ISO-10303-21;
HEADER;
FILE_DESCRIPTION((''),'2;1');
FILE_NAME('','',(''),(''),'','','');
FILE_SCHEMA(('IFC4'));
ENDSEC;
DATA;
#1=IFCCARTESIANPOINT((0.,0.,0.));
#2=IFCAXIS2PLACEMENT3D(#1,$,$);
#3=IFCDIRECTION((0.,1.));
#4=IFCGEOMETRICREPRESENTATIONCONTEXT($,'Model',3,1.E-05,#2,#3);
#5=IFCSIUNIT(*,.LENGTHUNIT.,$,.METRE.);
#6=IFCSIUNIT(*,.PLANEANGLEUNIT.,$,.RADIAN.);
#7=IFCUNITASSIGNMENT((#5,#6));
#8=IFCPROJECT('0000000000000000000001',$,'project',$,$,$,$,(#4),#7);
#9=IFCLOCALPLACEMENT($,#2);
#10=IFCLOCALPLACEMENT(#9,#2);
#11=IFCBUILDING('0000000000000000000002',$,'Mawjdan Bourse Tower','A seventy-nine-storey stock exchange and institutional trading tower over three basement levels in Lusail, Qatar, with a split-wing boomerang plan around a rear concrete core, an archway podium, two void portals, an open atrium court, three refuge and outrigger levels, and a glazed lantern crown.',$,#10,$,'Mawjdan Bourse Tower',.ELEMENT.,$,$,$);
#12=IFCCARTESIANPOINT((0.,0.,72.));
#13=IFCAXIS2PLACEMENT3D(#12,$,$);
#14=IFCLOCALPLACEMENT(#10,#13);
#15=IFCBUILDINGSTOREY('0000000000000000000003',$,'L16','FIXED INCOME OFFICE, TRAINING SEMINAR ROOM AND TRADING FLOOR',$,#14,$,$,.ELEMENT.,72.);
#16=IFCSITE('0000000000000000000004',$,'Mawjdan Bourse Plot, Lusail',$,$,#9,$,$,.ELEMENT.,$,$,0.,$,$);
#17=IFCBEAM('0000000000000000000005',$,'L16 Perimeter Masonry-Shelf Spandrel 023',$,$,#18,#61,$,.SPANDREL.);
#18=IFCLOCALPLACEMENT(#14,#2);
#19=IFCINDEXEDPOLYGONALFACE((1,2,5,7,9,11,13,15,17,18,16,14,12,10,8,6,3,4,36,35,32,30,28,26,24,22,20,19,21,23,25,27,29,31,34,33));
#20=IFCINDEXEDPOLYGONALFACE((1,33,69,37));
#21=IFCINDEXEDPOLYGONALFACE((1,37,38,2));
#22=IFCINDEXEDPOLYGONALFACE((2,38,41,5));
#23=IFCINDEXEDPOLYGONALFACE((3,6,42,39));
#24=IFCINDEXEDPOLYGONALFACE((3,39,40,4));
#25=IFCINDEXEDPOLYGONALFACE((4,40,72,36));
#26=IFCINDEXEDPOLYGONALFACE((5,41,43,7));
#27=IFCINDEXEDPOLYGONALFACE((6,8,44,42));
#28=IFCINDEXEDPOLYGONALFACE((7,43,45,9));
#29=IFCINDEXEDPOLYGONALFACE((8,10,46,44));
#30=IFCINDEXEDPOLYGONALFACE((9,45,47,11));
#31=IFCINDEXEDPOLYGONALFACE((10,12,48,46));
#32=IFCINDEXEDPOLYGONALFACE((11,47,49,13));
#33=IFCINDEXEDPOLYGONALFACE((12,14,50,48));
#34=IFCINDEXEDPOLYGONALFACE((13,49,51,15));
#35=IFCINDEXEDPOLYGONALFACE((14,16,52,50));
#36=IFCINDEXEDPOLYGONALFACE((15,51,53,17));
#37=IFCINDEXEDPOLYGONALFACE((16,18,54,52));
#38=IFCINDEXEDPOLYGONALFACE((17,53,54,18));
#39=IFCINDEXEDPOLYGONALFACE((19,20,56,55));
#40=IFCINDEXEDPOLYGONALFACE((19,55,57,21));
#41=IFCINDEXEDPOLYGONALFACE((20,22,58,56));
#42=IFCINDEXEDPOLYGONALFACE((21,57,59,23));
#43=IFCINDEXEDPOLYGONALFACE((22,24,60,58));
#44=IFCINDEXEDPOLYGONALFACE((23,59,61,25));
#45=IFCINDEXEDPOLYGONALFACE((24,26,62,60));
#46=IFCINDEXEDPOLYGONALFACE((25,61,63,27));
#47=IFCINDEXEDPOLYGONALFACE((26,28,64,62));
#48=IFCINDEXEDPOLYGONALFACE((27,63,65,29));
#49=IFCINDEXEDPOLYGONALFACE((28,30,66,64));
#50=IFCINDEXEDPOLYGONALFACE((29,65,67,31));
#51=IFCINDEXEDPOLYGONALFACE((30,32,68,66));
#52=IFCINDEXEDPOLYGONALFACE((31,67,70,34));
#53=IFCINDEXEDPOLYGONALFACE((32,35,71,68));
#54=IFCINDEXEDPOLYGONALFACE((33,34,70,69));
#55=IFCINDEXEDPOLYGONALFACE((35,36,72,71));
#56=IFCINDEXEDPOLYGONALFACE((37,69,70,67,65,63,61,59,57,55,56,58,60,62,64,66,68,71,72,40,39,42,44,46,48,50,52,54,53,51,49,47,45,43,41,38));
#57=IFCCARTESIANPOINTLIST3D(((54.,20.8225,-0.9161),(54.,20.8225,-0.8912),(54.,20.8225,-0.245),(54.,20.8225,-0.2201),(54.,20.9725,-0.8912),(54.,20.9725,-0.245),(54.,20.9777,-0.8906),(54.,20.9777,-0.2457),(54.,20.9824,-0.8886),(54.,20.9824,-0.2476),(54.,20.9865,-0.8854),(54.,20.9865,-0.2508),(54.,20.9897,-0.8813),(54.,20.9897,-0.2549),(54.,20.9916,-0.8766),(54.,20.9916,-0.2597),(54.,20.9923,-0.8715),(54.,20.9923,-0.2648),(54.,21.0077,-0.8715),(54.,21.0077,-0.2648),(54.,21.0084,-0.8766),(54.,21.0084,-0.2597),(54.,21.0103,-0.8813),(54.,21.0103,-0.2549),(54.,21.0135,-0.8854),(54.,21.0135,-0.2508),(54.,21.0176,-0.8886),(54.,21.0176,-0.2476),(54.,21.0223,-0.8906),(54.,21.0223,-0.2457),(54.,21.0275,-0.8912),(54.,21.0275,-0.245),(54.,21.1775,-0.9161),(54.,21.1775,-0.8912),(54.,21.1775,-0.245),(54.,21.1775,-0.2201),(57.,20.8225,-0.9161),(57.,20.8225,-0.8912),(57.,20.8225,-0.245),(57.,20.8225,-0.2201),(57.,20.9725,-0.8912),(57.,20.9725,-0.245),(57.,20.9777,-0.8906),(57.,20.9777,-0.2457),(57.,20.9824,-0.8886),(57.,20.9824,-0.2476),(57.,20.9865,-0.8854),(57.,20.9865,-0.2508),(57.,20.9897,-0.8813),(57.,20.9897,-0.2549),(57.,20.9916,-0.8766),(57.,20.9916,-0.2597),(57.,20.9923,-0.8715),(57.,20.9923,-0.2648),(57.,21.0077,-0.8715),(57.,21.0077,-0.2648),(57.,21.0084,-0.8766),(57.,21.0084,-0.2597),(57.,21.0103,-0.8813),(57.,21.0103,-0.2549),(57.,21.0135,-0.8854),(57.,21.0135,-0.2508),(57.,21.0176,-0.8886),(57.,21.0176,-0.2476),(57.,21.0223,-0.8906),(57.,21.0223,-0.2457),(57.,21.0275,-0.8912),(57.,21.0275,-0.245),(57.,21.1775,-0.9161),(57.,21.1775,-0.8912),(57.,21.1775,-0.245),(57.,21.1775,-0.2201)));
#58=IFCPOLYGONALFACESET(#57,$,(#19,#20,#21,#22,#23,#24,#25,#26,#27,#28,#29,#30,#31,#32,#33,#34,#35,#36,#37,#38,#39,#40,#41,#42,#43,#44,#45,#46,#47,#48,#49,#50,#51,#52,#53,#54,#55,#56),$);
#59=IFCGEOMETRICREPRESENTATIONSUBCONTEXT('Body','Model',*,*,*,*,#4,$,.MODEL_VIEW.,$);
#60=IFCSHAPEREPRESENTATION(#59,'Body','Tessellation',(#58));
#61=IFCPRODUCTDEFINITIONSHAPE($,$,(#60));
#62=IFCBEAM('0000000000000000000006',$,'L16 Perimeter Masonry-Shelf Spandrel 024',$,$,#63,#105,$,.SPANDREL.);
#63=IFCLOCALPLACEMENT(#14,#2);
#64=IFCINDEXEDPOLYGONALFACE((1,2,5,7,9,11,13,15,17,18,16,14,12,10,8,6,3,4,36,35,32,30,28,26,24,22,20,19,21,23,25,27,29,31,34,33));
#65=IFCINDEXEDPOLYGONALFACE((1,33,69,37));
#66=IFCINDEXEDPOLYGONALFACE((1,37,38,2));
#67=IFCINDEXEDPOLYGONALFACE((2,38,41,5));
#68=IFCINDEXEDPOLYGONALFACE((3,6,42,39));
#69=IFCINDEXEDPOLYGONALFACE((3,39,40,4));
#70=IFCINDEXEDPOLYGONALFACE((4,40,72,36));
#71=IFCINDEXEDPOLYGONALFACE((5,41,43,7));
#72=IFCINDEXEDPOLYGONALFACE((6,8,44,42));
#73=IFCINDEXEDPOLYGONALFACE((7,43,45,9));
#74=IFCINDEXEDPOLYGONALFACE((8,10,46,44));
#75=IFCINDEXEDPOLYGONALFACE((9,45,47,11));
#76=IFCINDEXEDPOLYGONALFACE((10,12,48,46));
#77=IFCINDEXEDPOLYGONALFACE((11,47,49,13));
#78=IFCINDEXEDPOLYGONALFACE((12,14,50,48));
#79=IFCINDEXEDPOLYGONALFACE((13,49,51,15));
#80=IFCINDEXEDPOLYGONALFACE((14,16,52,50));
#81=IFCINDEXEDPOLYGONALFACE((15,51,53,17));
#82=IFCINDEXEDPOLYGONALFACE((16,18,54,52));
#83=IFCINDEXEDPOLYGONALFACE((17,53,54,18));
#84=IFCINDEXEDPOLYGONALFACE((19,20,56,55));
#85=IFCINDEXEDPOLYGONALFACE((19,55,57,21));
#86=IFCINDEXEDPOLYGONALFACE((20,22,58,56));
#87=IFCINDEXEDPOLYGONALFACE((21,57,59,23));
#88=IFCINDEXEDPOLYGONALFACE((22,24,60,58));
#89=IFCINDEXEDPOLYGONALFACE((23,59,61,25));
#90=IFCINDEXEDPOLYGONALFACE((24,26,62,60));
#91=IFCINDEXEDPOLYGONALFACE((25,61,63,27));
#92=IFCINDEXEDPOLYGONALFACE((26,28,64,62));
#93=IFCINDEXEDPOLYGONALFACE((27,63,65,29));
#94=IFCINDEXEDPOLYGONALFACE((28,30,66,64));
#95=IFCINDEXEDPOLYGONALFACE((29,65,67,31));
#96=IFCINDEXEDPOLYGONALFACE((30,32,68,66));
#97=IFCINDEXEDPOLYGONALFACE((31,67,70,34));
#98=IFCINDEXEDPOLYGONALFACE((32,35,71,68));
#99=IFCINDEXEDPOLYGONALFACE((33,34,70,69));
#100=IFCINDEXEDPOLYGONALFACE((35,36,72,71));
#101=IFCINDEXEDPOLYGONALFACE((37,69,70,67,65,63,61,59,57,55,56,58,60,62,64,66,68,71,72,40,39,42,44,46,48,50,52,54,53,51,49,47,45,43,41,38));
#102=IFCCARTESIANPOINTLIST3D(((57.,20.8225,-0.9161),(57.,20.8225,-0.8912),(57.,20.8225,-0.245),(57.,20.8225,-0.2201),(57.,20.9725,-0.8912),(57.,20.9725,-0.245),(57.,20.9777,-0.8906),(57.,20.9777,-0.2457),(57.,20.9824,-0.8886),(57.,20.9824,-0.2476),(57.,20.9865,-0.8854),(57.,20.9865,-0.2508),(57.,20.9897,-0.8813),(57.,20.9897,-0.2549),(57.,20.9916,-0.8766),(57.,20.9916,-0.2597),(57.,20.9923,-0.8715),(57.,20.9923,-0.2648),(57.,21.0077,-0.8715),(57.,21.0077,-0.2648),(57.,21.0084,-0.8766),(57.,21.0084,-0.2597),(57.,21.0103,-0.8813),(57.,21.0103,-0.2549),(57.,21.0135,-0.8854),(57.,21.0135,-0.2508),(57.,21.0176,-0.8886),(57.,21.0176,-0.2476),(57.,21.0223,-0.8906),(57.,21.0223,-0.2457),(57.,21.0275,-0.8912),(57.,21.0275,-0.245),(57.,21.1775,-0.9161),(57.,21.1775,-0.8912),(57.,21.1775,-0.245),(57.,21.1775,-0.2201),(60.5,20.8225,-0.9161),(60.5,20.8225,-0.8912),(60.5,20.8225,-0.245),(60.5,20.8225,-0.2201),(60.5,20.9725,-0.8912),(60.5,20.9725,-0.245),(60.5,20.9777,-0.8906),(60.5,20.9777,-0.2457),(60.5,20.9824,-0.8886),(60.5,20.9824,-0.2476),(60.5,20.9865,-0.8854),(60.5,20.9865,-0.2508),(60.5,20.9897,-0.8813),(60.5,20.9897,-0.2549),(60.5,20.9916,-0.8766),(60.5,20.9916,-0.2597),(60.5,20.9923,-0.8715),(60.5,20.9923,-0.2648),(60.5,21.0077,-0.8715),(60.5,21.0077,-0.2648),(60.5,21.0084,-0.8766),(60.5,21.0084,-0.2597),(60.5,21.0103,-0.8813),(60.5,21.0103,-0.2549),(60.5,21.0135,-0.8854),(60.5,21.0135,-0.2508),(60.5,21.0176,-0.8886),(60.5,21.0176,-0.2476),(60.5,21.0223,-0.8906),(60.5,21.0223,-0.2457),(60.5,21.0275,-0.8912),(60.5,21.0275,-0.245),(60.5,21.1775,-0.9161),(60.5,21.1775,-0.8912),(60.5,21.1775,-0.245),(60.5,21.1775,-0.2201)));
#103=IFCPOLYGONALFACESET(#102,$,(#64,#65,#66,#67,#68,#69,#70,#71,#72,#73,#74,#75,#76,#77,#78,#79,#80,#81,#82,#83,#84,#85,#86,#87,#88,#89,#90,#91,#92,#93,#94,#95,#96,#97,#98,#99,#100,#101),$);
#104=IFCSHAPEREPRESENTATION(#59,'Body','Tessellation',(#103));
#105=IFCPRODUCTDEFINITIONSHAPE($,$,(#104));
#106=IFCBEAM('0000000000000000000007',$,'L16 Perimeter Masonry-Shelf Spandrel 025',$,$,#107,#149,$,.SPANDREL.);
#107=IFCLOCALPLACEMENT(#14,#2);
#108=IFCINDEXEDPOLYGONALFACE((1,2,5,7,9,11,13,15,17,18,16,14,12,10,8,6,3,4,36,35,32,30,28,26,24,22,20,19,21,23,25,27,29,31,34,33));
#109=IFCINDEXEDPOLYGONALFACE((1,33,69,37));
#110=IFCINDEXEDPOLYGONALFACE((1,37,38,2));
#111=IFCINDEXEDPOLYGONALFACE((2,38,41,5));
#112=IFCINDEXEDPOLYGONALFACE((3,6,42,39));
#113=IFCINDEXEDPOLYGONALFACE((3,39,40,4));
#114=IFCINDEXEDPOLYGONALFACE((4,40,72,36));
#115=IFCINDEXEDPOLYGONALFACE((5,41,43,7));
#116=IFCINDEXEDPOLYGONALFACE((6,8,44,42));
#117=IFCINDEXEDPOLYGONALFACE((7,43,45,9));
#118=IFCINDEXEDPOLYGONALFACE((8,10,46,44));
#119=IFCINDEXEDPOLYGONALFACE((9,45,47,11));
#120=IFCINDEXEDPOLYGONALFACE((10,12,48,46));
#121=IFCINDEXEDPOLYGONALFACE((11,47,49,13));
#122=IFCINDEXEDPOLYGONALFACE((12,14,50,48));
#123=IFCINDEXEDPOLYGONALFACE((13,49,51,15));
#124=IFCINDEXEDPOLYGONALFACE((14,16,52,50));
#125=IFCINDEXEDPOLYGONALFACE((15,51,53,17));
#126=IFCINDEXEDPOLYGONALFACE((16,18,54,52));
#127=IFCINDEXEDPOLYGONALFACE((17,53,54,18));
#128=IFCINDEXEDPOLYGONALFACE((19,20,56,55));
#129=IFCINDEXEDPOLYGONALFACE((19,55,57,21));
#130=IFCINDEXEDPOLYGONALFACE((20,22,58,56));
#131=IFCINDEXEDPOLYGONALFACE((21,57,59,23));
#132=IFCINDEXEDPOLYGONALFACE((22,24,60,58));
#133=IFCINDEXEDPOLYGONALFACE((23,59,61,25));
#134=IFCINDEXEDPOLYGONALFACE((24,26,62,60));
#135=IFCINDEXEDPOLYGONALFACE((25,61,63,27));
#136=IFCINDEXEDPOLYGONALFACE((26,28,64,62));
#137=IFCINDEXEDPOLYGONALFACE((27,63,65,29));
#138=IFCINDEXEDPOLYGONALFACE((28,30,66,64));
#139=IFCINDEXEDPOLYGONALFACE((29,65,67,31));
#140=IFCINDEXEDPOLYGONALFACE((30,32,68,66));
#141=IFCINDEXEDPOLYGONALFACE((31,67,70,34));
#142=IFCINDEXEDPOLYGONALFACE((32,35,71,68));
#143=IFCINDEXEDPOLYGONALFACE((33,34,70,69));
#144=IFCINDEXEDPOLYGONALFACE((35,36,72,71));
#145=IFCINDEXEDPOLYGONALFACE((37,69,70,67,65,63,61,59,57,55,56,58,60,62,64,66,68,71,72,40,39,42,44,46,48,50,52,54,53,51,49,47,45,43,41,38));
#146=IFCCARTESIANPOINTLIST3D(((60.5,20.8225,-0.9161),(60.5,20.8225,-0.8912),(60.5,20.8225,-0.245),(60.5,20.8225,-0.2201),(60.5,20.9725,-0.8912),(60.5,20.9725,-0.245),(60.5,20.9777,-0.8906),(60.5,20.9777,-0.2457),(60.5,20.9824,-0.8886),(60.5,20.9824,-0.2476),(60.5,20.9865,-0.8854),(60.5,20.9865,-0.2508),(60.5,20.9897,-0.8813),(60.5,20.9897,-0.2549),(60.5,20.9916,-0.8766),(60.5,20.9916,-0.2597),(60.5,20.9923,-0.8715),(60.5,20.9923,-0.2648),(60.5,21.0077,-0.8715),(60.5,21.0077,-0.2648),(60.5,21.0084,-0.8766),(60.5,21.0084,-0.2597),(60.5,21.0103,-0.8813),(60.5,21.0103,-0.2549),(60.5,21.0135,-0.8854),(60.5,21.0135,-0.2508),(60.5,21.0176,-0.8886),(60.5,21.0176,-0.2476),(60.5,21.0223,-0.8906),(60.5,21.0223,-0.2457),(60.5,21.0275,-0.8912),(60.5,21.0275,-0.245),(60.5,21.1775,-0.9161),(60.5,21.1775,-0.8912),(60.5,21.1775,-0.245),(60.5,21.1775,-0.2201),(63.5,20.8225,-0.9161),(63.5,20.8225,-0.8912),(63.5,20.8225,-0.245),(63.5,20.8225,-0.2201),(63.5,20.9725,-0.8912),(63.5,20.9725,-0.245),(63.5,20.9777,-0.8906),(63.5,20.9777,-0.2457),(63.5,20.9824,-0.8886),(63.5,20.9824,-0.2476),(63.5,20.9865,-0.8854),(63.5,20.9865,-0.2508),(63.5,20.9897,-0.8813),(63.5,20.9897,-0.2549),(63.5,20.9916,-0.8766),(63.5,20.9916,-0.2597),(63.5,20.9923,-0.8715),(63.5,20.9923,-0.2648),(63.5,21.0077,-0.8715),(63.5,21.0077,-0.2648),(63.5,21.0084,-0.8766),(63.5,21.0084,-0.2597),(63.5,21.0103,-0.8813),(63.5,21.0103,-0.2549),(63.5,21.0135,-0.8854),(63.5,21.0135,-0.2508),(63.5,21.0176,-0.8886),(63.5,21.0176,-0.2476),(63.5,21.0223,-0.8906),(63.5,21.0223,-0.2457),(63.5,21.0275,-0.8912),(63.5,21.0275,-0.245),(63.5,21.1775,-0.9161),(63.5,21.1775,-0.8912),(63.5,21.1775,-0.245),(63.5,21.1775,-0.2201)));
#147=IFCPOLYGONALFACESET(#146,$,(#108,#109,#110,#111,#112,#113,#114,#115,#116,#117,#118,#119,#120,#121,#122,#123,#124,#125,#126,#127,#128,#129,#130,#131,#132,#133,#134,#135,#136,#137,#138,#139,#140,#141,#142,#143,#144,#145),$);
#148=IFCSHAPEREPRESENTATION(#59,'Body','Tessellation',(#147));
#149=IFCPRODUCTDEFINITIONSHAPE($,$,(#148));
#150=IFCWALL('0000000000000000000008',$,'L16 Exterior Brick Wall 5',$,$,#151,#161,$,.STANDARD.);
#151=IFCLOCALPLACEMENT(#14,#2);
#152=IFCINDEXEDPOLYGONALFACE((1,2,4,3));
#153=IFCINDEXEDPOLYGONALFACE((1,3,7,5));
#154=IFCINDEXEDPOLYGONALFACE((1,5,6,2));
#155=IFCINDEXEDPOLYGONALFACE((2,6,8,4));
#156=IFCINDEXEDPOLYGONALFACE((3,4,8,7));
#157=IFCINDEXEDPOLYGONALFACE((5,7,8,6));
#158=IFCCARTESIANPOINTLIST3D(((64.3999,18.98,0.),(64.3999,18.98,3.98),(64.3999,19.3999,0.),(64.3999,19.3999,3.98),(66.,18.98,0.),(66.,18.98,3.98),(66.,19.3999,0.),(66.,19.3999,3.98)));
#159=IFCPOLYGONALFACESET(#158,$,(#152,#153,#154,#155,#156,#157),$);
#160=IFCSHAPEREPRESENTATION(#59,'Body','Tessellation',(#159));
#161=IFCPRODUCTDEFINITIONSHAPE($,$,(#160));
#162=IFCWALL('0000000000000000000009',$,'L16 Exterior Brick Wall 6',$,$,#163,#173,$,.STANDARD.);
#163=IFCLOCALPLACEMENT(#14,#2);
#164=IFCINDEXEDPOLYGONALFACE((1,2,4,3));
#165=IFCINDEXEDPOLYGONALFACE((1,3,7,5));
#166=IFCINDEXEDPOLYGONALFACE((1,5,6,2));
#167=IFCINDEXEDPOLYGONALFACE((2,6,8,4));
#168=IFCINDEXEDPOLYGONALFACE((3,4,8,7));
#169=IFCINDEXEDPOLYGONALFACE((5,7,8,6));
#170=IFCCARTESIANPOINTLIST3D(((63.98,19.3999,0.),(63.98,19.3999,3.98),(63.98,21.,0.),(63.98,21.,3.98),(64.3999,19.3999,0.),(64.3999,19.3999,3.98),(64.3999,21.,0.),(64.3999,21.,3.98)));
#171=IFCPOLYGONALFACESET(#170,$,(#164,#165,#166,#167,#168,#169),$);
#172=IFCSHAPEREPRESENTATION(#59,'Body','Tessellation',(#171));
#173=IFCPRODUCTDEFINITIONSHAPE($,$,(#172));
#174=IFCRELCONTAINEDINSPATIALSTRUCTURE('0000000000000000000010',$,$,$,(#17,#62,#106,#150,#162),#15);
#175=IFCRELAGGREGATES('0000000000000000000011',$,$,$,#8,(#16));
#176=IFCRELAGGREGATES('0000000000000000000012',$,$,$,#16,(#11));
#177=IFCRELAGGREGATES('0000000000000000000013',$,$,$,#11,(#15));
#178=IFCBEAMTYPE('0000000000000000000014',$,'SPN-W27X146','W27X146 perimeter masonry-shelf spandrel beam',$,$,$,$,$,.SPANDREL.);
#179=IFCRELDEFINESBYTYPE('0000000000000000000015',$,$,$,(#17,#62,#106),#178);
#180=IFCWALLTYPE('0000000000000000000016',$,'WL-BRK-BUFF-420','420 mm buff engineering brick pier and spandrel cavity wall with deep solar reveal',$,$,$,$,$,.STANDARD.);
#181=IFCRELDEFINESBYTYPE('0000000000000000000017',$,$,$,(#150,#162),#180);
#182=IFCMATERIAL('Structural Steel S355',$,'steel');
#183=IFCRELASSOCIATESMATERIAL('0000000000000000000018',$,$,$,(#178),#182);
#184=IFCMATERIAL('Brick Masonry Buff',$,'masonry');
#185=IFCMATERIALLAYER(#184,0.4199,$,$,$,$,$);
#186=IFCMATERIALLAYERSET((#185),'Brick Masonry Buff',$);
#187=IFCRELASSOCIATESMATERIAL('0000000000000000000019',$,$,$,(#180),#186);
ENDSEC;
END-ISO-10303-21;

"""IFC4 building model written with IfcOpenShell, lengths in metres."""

from ifc_helpers import new_model, si_unit, direction, frame, frame_2d, origin, origin_2d, place, context, subcontext, project, spatial, rectangle, i_section, extrude, material, layer, layer_set, material_profile, profile_set, type_object, element, save


model = new_model("IFC4")

# Units and contexts
model_context = context("Model", 3, precision=1e-05, world=origin(), true_north=direction((0.0, 1.0)))
body_context = subcontext(model_context, "Body", "Model", "MODEL_VIEW")
ifc_project = project(units=[si_unit("LENGTHUNIT", "METRE"), si_unit("PLANEANGLEUNIT", "RADIAN")], contexts=[model_context])

# Site, building, storey
site_placement = place(None, origin())
site = spatial("IfcSite", under=ifc_project, at=site_placement, Name="Mawjdan Bourse Plot, Lusail", CompositionType="ELEMENT", RefElevation=0.0)
building_placement = place(site_placement, origin())
building = spatial("IfcBuilding", under=site, at=building_placement, Name="Mawjdan Bourse Tower", Description="A seventy-nine-storey stock exchange and institutional trading tower over three basement levels in Lusail, Qatar, with a split-wing boomerang plan around a rear concrete core, an archway podium, two void portals, an open atrium court, three refuge and outrigger levels, and a glazed lantern crown.", LongName="Mawjdan Bourse Tower", CompositionType="ELEMENT")
storey_placement = place(building_placement, frame((0.0, 0.0, 72.0)))
storey = spatial("IfcBuildingStorey", under=building, at=storey_placement, Name="L16", Description="FIXED INCOME OFFICE, TRAINING SEMINAR ROOM AND TRADING FLOOR", CompositionType="ELEMENT", Elevation=72.0)

# Beams
ifc_material_1 = material(Name="Structural Steel S355", Category="steel")
ifc_material_profile_1 = material_profile(ifc_material_1, i_section(OverallWidth=0.355, OverallDepth=0.696, WebThickness=0.0154, FlangeThickness=0.0249, FilletRadius=0.0198, at=origin_2d()), Name="W27X146")
ifc_profile_set_1 = profile_set([ifc_material_profile_1], Name="Structural Steel S355")
beam_type_1 = type_object("IfcBeamType", Name="SPN-W27X146", Description="W27X146 perimeter masonry-shelf spandrel beam", PredefinedType="SPANDREL", material=ifc_profile_set_1)
beam_1_placement = place(storey_placement, frame((54.0, 21.0, -0.5681), z_axis=(1.0, 0.0, 0.0), x_axis=(0.0, 1.0, 0.0)))
element("IfcBeam", 1, at=beam_1_placement, inside=storey, type_object=beam_type_1, Name="L16 Perimeter Masonry-Shelf Spandrel 023", PredefinedType="SPANDREL", context=body_context, shape_type="SweptSolid", body=[
    extrude(i_section(OverallWidth=0.355, OverallDepth=0.696, WebThickness=0.0154, FlangeThickness=0.0249, FilletRadius=0.0198, at=origin_2d()), origin(), (0.0, 0.0, 1.0), 3.0),
])
beam_2_placement = place(storey_placement, frame((57.0, 21.0, -0.5681), z_axis=(1.0, 0.0, 0.0), x_axis=(0.0, 1.0, 0.0)))
element("IfcBeam", 2, at=beam_2_placement, inside=storey, type_object=beam_type_1, Name="L16 Perimeter Masonry-Shelf Spandrel 024", PredefinedType="SPANDREL", context=body_context, shape_type="SweptSolid", body=[
    extrude(i_section(OverallWidth=0.355, OverallDepth=0.696, WebThickness=0.0154, FlangeThickness=0.0249, FilletRadius=0.0198, at=origin_2d()), origin(), (0.0, 0.0, 1.0), 3.5),
])
beam_3_placement = place(storey_placement, frame((60.5, 21.0, -0.5681), z_axis=(1.0, 0.0, 0.0), x_axis=(0.0, 1.0, 0.0)))
element("IfcBeam", 3, at=beam_3_placement, inside=storey, type_object=beam_type_1, Name="L16 Perimeter Masonry-Shelf Spandrel 025", PredefinedType="SPANDREL", context=body_context, shape_type="SweptSolid", body=[
    extrude(i_section(OverallWidth=0.355, OverallDepth=0.696, WebThickness=0.0154, FlangeThickness=0.0249, FilletRadius=0.0198, at=origin_2d()), origin(), (0.0, 0.0, 1.0), 3.0),
])

# Walls
ifc_material_2 = material(Name="Brick Masonry Buff", Category="masonry")
ifc_layer = layer(ifc_material_2, 0.4199)
ifc_layer_set = layer_set([ifc_layer], Name="Brick Masonry Buff")
wall_type = type_object("IfcWallType", Name="WL-BRK-BUFF-420", Description="420 mm buff engineering brick pier and spandrel cavity wall with deep solar reveal", PredefinedType="STANDARD", material=ifc_layer_set)
for number, where, z_axis, x_axis, name in (
    (4, (66.0, 19.1899, 0.0), (0.0, 0.0, 1.0), (-1.0, 0.0, 0.0), "L16 Exterior Brick Wall 5"),
    (5, (64.1899, 19.3999, 0.0), (0.0, 0.0, 1.0), (0.0, 1.0, 0.0), "L16 Exterior Brick Wall 6"),
):
    element("IfcWall", number, at=place(storey_placement, frame(where, z_axis=z_axis, x_axis=x_axis)), inside=storey, type_object=wall_type, Name=name, PredefinedType="STANDARD", context=body_context, shape_type="SweptSolid", body=[
        extrude(rectangle(XDim=1.6001, YDim=0.4199, at=frame_2d((0.8, 0.0))), origin(), (0.0, 0.0, 1.0), 3.98),
    ])

save(model, "model.ifc")
